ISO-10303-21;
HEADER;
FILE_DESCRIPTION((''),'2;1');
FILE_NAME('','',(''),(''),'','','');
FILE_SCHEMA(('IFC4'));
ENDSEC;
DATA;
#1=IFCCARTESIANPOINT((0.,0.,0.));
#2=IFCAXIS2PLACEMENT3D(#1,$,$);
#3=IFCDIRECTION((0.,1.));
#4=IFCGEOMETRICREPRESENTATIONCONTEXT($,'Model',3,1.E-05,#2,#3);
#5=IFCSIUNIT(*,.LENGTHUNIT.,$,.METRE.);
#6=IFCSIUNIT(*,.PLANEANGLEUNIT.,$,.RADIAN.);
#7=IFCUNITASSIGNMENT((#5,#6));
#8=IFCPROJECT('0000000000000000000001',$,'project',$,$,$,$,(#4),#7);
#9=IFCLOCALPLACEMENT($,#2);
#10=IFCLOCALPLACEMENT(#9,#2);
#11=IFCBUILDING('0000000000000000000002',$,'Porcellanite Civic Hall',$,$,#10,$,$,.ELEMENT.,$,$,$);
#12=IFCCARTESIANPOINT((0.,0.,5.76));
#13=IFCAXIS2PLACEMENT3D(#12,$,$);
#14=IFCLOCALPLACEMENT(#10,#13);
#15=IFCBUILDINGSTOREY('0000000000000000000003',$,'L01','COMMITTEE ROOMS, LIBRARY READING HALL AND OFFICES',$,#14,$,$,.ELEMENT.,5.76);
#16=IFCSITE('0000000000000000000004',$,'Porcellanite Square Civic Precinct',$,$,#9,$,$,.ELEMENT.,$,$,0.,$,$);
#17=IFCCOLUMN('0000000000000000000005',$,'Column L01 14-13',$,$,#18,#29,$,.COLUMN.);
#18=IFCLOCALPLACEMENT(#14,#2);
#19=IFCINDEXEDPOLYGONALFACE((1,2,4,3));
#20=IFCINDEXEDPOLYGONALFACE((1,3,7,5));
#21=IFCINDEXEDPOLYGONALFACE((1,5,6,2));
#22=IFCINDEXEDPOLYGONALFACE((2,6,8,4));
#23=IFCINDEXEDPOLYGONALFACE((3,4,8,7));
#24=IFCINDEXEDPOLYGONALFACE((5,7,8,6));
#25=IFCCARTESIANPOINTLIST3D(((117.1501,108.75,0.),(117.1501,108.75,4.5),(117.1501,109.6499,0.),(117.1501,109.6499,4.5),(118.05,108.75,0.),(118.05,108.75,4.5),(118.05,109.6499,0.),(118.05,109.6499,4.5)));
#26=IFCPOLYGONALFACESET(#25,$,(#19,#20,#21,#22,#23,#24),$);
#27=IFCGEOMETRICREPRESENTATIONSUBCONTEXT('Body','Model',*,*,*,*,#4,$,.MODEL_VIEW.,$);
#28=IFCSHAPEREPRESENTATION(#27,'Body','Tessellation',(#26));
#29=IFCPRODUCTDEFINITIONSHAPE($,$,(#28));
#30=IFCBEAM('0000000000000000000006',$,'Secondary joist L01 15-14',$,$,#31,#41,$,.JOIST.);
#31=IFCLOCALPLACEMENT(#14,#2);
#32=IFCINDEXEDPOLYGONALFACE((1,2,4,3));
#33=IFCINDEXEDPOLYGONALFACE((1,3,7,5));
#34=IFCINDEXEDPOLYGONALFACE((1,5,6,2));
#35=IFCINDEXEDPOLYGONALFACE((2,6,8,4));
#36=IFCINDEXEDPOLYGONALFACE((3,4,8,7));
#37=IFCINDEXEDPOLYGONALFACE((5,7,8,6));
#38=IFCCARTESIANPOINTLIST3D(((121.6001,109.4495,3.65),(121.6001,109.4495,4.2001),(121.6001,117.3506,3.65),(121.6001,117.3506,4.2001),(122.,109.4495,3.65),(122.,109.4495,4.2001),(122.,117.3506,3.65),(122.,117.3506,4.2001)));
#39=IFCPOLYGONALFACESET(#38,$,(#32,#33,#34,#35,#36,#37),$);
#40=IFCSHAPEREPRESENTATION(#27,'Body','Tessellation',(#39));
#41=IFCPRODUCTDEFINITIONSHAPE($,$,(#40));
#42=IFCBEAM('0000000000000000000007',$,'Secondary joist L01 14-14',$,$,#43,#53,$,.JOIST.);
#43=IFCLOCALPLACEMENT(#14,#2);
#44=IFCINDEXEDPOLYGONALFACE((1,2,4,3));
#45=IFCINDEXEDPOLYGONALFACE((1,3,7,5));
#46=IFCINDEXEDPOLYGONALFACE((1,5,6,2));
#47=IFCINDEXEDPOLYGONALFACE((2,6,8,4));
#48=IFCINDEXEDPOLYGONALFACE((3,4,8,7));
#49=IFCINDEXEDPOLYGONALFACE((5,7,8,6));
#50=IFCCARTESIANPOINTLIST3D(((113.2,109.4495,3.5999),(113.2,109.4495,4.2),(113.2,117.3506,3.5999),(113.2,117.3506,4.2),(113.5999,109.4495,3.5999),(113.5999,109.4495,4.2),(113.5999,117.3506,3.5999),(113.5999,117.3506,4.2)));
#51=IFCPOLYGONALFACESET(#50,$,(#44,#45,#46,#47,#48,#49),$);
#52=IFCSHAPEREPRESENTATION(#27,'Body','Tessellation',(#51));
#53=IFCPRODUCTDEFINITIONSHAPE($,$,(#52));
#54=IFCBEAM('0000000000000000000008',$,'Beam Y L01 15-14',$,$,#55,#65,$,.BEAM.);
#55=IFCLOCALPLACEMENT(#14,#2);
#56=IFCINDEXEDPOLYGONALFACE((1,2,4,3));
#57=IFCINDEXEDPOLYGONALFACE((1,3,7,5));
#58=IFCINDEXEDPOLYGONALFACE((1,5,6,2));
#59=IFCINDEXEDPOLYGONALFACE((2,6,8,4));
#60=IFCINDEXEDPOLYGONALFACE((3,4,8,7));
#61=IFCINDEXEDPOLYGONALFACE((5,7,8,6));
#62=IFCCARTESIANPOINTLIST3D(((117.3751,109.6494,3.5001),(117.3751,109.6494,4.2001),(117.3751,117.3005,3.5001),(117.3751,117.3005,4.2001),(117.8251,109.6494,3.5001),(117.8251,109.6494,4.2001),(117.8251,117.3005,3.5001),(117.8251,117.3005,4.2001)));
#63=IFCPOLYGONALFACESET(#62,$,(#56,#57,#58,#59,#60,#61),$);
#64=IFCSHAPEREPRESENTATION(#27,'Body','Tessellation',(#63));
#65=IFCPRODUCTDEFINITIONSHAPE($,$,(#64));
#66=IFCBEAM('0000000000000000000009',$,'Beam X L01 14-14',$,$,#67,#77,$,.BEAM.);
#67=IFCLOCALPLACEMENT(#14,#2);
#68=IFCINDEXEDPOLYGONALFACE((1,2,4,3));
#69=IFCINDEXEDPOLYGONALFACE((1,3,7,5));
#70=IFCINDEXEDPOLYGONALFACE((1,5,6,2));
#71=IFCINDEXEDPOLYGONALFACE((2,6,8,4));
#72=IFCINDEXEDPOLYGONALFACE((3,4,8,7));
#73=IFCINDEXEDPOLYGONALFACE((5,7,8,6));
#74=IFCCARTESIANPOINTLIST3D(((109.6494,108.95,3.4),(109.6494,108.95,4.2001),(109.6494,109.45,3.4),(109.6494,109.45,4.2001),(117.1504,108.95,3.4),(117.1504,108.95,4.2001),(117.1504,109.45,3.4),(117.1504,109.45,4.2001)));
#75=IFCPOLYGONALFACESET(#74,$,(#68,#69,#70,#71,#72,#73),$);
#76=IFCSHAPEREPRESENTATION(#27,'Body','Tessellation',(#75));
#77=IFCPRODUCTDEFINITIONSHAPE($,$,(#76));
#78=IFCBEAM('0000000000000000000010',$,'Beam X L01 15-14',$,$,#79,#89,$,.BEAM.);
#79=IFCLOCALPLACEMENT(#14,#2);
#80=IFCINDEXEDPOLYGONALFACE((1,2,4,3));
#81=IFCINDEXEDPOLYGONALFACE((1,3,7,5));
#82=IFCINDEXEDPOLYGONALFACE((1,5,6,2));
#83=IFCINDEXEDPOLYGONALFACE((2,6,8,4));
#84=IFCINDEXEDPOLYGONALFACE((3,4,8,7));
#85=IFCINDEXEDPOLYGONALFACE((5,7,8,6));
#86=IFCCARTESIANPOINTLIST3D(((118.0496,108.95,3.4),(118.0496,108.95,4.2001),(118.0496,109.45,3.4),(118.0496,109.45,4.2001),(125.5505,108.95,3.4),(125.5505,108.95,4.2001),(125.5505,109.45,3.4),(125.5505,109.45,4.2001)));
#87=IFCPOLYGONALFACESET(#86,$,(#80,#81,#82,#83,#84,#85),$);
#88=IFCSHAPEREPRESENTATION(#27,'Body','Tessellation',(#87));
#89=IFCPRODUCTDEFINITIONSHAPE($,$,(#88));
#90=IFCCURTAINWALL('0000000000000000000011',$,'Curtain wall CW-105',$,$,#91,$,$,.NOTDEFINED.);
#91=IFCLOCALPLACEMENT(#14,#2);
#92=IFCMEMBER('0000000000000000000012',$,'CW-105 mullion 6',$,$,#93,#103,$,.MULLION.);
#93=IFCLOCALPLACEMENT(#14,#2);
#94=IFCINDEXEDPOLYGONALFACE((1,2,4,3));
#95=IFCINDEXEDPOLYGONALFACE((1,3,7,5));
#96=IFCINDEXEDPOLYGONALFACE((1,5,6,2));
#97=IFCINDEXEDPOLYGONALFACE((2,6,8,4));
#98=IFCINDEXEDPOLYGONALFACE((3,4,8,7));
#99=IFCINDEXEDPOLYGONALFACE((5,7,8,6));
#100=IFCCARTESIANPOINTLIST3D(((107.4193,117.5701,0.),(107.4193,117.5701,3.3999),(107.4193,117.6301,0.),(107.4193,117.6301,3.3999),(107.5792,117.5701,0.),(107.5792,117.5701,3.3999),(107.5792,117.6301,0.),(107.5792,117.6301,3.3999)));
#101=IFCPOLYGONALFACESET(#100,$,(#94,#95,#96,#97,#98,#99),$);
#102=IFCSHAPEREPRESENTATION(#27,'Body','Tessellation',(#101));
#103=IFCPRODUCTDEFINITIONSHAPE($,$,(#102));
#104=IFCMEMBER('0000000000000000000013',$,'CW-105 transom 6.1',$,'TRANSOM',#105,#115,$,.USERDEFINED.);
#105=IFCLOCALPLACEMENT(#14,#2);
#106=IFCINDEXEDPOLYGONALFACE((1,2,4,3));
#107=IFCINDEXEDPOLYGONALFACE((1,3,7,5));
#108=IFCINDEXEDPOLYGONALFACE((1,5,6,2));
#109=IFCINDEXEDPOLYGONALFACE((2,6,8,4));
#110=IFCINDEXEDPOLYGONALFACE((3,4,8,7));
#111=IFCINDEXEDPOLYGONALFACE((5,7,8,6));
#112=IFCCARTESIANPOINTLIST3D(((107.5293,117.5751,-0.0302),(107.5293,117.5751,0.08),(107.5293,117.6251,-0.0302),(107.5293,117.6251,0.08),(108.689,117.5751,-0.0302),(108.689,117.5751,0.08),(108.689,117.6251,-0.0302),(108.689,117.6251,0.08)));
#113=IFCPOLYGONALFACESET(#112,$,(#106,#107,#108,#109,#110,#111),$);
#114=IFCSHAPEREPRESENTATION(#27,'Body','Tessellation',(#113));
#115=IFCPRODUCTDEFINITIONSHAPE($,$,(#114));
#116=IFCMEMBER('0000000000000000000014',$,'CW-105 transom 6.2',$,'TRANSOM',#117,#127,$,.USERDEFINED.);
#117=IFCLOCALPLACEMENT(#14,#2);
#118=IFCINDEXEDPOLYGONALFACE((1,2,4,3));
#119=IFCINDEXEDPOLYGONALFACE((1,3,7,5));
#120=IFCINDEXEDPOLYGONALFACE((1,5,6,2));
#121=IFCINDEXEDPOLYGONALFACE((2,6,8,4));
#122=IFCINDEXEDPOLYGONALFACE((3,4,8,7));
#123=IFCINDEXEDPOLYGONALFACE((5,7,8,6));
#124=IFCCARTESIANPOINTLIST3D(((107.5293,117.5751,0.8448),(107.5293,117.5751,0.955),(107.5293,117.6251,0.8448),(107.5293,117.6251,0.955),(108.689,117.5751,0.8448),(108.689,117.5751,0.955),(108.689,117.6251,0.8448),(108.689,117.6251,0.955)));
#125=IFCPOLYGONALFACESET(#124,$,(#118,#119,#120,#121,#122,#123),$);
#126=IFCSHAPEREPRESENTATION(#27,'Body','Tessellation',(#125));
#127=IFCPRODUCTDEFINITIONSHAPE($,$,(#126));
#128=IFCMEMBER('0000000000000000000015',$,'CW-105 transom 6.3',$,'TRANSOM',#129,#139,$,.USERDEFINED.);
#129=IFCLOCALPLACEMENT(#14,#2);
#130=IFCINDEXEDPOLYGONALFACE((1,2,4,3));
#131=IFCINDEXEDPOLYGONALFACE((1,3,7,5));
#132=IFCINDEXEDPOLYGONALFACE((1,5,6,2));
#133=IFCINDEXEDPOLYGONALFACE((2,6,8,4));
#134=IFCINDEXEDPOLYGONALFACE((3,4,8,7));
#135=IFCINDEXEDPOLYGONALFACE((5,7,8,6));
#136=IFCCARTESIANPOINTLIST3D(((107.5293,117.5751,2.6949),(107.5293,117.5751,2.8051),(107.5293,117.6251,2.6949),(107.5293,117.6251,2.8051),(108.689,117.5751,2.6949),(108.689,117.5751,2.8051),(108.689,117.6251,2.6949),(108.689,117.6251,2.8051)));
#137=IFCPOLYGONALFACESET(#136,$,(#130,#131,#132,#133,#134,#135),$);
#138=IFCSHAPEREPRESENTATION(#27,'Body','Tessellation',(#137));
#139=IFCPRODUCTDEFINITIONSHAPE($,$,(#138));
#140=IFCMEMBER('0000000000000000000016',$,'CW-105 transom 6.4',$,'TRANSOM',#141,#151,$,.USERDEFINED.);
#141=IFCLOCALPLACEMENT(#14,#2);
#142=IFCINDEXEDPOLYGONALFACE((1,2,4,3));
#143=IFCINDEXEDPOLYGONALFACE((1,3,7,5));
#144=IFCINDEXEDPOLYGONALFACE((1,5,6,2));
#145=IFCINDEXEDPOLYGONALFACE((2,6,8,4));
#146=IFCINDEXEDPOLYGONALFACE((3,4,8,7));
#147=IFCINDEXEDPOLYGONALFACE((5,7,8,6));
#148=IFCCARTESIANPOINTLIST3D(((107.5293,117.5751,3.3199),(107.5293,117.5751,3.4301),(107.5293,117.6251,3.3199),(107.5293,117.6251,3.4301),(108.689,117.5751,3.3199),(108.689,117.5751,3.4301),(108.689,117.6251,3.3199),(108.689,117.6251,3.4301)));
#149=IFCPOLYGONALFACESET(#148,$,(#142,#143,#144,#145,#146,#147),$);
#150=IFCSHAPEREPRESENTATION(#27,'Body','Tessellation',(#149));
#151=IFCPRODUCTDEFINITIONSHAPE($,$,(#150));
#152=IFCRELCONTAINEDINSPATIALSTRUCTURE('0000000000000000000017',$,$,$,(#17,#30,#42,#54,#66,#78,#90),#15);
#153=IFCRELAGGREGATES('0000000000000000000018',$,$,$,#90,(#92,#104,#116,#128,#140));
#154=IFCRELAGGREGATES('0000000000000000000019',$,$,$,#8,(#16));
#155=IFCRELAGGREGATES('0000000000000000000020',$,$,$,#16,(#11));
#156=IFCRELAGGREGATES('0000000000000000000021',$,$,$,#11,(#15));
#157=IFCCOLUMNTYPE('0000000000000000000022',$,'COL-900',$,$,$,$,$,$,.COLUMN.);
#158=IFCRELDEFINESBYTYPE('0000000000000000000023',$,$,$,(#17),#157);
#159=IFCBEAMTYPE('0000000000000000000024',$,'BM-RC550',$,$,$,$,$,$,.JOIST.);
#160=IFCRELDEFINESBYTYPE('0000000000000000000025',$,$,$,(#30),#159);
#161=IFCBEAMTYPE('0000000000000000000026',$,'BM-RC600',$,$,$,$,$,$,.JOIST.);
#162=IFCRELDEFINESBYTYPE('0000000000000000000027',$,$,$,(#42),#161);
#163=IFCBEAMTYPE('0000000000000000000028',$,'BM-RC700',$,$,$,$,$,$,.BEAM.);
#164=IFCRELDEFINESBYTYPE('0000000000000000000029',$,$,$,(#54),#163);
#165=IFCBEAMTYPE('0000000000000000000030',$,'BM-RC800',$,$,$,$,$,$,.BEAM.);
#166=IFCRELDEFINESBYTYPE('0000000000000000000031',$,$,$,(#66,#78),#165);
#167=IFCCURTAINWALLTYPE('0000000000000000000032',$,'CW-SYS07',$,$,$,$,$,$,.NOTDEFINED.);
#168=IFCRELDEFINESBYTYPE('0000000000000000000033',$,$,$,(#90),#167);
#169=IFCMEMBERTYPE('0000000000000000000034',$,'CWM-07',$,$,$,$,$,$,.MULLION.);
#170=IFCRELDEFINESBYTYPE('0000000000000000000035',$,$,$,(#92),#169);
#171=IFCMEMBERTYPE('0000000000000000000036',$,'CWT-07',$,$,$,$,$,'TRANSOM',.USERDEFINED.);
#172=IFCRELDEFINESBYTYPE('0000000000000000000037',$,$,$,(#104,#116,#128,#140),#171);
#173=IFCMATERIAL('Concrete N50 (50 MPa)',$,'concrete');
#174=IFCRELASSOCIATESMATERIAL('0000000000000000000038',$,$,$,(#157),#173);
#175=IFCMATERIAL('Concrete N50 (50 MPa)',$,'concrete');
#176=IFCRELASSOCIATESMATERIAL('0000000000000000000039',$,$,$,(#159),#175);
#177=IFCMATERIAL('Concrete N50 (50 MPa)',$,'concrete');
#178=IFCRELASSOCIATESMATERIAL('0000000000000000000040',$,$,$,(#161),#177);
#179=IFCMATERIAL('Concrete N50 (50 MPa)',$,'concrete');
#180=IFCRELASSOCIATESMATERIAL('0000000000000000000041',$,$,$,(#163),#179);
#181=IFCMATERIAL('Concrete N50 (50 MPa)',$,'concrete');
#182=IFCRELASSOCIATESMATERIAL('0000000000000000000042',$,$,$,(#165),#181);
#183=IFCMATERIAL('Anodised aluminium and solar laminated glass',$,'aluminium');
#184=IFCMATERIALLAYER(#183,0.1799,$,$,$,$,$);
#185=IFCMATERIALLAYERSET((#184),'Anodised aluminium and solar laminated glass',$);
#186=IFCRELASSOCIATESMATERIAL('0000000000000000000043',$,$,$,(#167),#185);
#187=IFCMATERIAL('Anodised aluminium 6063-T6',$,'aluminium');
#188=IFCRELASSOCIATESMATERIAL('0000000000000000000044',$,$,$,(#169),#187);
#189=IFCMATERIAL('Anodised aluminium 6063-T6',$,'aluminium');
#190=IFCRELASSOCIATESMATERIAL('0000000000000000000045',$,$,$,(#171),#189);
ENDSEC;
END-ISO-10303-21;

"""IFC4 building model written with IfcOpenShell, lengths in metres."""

from ifc_helpers import new_model, si_unit, direction, frame, origin, origin_2d, place, context, subcontext, project, spatial, rectangle, extrude, material, layer, layer_set, material_profile, profile_set, type_object, element, aggregate, save


model = new_model("IFC4")

# Units and contexts
model_context = context("Model", 3, precision=1e-05, world=origin(), true_north=direction((0.0, 1.0)))
body_context = subcontext(model_context, "Body", "Model", "MODEL_VIEW")
ifc_project = project(units=[si_unit("LENGTHUNIT", "METRE"), si_unit("PLANEANGLEUNIT", "RADIAN")], contexts=[model_context])

# Site, building, storey
site_placement = place(None, origin())
site = spatial("IfcSite", under=ifc_project, at=site_placement, Name="Porcellanite Square Civic Precinct", CompositionType="ELEMENT", RefElevation=0.0)
building_placement = place(site_placement, origin())
building = spatial("IfcBuilding", under=site, at=building_placement, Name="Porcellanite Civic Hall", CompositionType="ELEMENT")
storey_placement = place(building_placement, frame((0.0, 0.0, 5.76)))
storey = spatial("IfcBuildingStorey", under=building, at=storey_placement, Name="L01", Description="COMMITTEE ROOMS, LIBRARY READING HALL AND OFFICES", CompositionType="ELEMENT", Elevation=5.76)

# Column
ifc_material_1 = material(Name="Concrete N50 (50 MPa)", Category="concrete")
ifc_material_profile_1 = material_profile(ifc_material_1, rectangle(XDim=0.8999, YDim=0.8999, at=origin_2d()), Name="RC-900x900")
ifc_profile_set_1 = profile_set([ifc_material_profile_1], Name="Concrete N50 (50 MPa)")
column_type = type_object("IfcColumnType", Name="COL-900", PredefinedType="COLUMN", material=ifc_profile_set_1)
column_placement = place(storey_placement, frame((117.6001, 109.2, 0.0), z_axis=(0.0, 0.0, 1.0), x_axis=(1.0, 0.0, 0.0)))
element("IfcColumn", 1, at=column_placement, inside=storey, type_object=column_type, Name="Column L01 14-13", PredefinedType="COLUMN", context=body_context, shape_type="SweptSolid", body=[
    extrude(rectangle(XDim=0.8999, YDim=0.8999, at=origin_2d()), origin(), (0.0, 0.0, 1.0), 4.5),
])

# Beams
ifc_material_2 = material(Name="Concrete N50 (50 MPa)", Category="concrete")
ifc_material_profile_2 = material_profile(ifc_material_2, rectangle(XDim=0.3999, YDim=0.55, at=origin_2d()), Name="RC-400x550")
ifc_profile_set_2 = profile_set([ifc_material_profile_2], Name="Concrete N50 (50 MPa)")
beam_type_1 = type_object("IfcBeamType", Name="BM-RC550", PredefinedType="JOIST", material=ifc_profile_set_2)
beam_1_placement = place(storey_placement, frame((121.8, 109.4495, 3.925), z_axis=(0.0, 1.0, 0.0), x_axis=(-1.0, 0.0, 0.0)))
element("IfcBeam", 2, at=beam_1_placement, inside=storey, type_object=beam_type_1, Name="Secondary joist L01 15-14", PredefinedType="JOIST", context=body_context, shape_type="SweptSolid", body=[
    extrude(rectangle(XDim=0.3999, YDim=0.55, at=origin_2d()), origin(), (0.0, 0.0, 1.0), 7.9011),
])
ifc_material_3 = material(Name="Concrete N50 (50 MPa)", Category="concrete")
ifc_material_profile_3 = material_profile(ifc_material_3, rectangle(XDim=0.3999, YDim=0.6001, at=origin_2d()), Name="RC-400x600")
ifc_profile_set_3 = profile_set([ifc_material_profile_3], Name="Concrete N50 (50 MPa)")
beam_type_2 = type_object("IfcBeamType", Name="BM-RC600", PredefinedType="JOIST", material=ifc_profile_set_3)
beam_2_placement = place(storey_placement, frame((113.3999, 109.4495, 3.8999), z_axis=(0.0, 1.0, 0.0), x_axis=(-1.0, 0.0, 0.0)))
element("IfcBeam", 3, at=beam_2_placement, inside=storey, type_object=beam_type_2, Name="Secondary joist L01 14-14", PredefinedType="JOIST", context=body_context, shape_type="SweptSolid", body=[
    extrude(rectangle(XDim=0.3999, YDim=0.6001, at=origin_2d()), origin(), (0.0, 0.0, 1.0), 7.9011),
])
ifc_material_4 = material(Name="Concrete N50 (50 MPa)", Category="concrete")
ifc_material_profile_4 = material_profile(ifc_material_4, rectangle(XDim=0.45, YDim=0.7, at=origin_2d()), Name="RC-450x700")
ifc_profile_set_4 = profile_set([ifc_material_profile_4], Name="Concrete N50 (50 MPa)")
beam_type_3 = type_object("IfcBeamType", Name="BM-RC700", PredefinedType="BEAM", material=ifc_profile_set_4)
beam_3_placement = place(storey_placement, frame((117.6001, 109.6494, 3.8501), z_axis=(0.0, 1.0, 0.0), x_axis=(-1.0, 0.0, 0.0)))
element("IfcBeam", 4, at=beam_3_placement, inside=storey, type_object=beam_type_3, Name="Beam Y L01 15-14", PredefinedType="BEAM", context=body_context, shape_type="SweptSolid", body=[
    extrude(rectangle(XDim=0.45, YDim=0.7, at=origin_2d()), origin(), (0.0, 0.0, 1.0), 7.6511),
])
ifc_material_5 = material(Name="Concrete N50 (50 MPa)", Category="concrete")
ifc_material_profile_5 = material_profile(ifc_material_5, rectangle(XDim=0.5, YDim=0.8, at=origin_2d()), Name="RC-500x800")
ifc_profile_set_5 = profile_set([ifc_material_profile_5], Name="Concrete N50 (50 MPa)")
beam_type_4 = type_object("IfcBeamType", Name="BM-RC800", PredefinedType="BEAM", material=ifc_profile_set_5)
for number, where, z_axis, x_axis, name in (
    (5, (109.6494, 109.2, 3.8), (1.0, 0.0, 0.0), (0.0, 1.0, 0.0), "Beam X L01 14-14"),
    (6, (118.0496, 109.2, 3.8), (1.0, 0.0, 0.0), (0.0, 1.0, 0.0), "Beam X L01 15-14"),
):
    element("IfcBeam", number, at=place(storey_placement, frame(where, z_axis=z_axis, x_axis=x_axis)), inside=storey, type_object=beam_type_4, Name=name, PredefinedType="BEAM", context=body_context, shape_type="SweptSolid", body=[
        extrude(rectangle(XDim=0.5, YDim=0.8, at=origin_2d()), origin(), (0.0, 0.0, 1.0), 7.501),
    ])

# Curtain wall, members
ifc_material_6 = material(Name="Anodised aluminium and solar laminated glass", Category="aluminium")
ifc_layer_1 = layer(ifc_material_6, 0.1799)
ifc_layer_set_1 = layer_set([ifc_layer_1], Name="Anodised aluminium and solar laminated glass")
curtain_wall_type = type_object("IfcCurtainWallType", Name="CW-SYS07", PredefinedType="NOTDEFINED", material=ifc_layer_set_1)
curtain_wall_placement = place(storey_placement, origin())
curtain_wall = element("IfcCurtainWall", 7, at=curtain_wall_placement, inside=storey, type_object=curtain_wall_type, Name="Curtain wall CW-105", PredefinedType="NOTDEFINED")
ifc_material_7 = material(Name="Anodised aluminium 6063-T6", Category="aluminium")
ifc_material_profile_6 = material_profile(ifc_material_7, rectangle(XDim=0.0601, YDim=0.1599, at=origin_2d()), Name="AL-60x160")
ifc_profile_set_6 = profile_set([ifc_material_profile_6], Name="Anodised aluminium 6063-T6")
member_type_1 = type_object("IfcMemberType", Name="CWM-07", PredefinedType="MULLION", material=ifc_profile_set_6)
member_1_placement = place(storey_placement, frame((107.4993, 117.6001, 0.0), z_axis=(0.0, 0.0, 1.0), x_axis=(0.0, 1.0, 0.0)))
member_1 = element("IfcMember", 8, at=member_1_placement, type_object=member_type_1, Name="CW-105 mullion 6", PredefinedType="MULLION", context=body_context, shape_type="SweptSolid", body=[
    extrude(rectangle(XDim=0.0601, YDim=0.1599, at=origin_2d()), origin(), (0.0, 0.0, 1.0), 3.3999),
])
ifc_material_8 = material(Name="Anodised aluminium 6063-T6", Category="aluminium")
ifc_material_profile_7 = material_profile(ifc_material_8, rectangle(XDim=0.05, YDim=0.1101, at=origin_2d()), Name="AL-50x110")
ifc_profile_set_7 = profile_set([ifc_material_profile_7], Name="Anodised aluminium 6063-T6")
member_type_2 = type_object("IfcMemberType", Name="CWT-07", ElementType="TRANSOM", PredefinedType="USERDEFINED", material=ifc_profile_set_7)
member_2_placement = place(storey_placement, frame((107.5293, 117.6001, 0.0249), z_axis=(1.0, 0.0, 0.0), x_axis=(0.0, 1.0, 0.0)))
member_2 = element("IfcMember", 9, at=member_2_placement, type_object=member_type_2, Name="CW-105 transom 6.1", ObjectType="TRANSOM", PredefinedType="USERDEFINED", context=body_context, shape_type="SweptSolid", body=[
    extrude(rectangle(XDim=0.05, YDim=0.1101, at=origin_2d()), origin(), (0.0, 0.0, 1.0), 1.1597),
])
member_3_placement = place(storey_placement, frame((107.5293, 117.6001, 0.8999), z_axis=(1.0, 0.0, 0.0), x_axis=(0.0, 1.0, 0.0)))
member_3 = element("IfcMember", 10, at=member_3_placement, type_object=member_type_2, Name="CW-105 transom 6.2", ObjectType="TRANSOM", PredefinedType="USERDEFINED", context=body_context, shape_type="SweptSolid", body=[
    extrude(rectangle(XDim=0.05, YDim=0.1101, at=origin_2d()), origin(), (0.0, 0.0, 1.0), 1.1597),
])
member_4_placement = place(storey_placement, frame((107.5293, 117.6001, 2.75), z_axis=(1.0, 0.0, 0.0), x_axis=(0.0, 1.0, 0.0)))
member_4 = element("IfcMember", 11, at=member_4_placement, type_object=member_type_2, Name="CW-105 transom 6.3", ObjectType="TRANSOM", PredefinedType="USERDEFINED", context=body_context, shape_type="SweptSolid", body=[
    extrude(rectangle(XDim=0.05, YDim=0.1101, at=origin_2d()), origin(), (0.0, 0.0, 1.0), 1.1597),
])
member_5_placement = place(storey_placement, frame((107.5293, 117.6001, 3.375), z_axis=(1.0, 0.0, 0.0), x_axis=(0.0, 1.0, 0.0)))
member_5 = element("IfcMember", 12, at=member_5_placement, type_object=member_type_2, Name="CW-105 transom 6.4", ObjectType="TRANSOM", PredefinedType="USERDEFINED", context=body_context, shape_type="SweptSolid", body=[
    extrude(rectangle(XDim=0.05, YDim=0.1101, at=origin_2d()), origin(), (0.0, 0.0, 1.0), 1.1597),
])

aggregate(curtain_wall, [member_1, member_2, member_3, member_4, member_5])

save(model, "model.ifc")
